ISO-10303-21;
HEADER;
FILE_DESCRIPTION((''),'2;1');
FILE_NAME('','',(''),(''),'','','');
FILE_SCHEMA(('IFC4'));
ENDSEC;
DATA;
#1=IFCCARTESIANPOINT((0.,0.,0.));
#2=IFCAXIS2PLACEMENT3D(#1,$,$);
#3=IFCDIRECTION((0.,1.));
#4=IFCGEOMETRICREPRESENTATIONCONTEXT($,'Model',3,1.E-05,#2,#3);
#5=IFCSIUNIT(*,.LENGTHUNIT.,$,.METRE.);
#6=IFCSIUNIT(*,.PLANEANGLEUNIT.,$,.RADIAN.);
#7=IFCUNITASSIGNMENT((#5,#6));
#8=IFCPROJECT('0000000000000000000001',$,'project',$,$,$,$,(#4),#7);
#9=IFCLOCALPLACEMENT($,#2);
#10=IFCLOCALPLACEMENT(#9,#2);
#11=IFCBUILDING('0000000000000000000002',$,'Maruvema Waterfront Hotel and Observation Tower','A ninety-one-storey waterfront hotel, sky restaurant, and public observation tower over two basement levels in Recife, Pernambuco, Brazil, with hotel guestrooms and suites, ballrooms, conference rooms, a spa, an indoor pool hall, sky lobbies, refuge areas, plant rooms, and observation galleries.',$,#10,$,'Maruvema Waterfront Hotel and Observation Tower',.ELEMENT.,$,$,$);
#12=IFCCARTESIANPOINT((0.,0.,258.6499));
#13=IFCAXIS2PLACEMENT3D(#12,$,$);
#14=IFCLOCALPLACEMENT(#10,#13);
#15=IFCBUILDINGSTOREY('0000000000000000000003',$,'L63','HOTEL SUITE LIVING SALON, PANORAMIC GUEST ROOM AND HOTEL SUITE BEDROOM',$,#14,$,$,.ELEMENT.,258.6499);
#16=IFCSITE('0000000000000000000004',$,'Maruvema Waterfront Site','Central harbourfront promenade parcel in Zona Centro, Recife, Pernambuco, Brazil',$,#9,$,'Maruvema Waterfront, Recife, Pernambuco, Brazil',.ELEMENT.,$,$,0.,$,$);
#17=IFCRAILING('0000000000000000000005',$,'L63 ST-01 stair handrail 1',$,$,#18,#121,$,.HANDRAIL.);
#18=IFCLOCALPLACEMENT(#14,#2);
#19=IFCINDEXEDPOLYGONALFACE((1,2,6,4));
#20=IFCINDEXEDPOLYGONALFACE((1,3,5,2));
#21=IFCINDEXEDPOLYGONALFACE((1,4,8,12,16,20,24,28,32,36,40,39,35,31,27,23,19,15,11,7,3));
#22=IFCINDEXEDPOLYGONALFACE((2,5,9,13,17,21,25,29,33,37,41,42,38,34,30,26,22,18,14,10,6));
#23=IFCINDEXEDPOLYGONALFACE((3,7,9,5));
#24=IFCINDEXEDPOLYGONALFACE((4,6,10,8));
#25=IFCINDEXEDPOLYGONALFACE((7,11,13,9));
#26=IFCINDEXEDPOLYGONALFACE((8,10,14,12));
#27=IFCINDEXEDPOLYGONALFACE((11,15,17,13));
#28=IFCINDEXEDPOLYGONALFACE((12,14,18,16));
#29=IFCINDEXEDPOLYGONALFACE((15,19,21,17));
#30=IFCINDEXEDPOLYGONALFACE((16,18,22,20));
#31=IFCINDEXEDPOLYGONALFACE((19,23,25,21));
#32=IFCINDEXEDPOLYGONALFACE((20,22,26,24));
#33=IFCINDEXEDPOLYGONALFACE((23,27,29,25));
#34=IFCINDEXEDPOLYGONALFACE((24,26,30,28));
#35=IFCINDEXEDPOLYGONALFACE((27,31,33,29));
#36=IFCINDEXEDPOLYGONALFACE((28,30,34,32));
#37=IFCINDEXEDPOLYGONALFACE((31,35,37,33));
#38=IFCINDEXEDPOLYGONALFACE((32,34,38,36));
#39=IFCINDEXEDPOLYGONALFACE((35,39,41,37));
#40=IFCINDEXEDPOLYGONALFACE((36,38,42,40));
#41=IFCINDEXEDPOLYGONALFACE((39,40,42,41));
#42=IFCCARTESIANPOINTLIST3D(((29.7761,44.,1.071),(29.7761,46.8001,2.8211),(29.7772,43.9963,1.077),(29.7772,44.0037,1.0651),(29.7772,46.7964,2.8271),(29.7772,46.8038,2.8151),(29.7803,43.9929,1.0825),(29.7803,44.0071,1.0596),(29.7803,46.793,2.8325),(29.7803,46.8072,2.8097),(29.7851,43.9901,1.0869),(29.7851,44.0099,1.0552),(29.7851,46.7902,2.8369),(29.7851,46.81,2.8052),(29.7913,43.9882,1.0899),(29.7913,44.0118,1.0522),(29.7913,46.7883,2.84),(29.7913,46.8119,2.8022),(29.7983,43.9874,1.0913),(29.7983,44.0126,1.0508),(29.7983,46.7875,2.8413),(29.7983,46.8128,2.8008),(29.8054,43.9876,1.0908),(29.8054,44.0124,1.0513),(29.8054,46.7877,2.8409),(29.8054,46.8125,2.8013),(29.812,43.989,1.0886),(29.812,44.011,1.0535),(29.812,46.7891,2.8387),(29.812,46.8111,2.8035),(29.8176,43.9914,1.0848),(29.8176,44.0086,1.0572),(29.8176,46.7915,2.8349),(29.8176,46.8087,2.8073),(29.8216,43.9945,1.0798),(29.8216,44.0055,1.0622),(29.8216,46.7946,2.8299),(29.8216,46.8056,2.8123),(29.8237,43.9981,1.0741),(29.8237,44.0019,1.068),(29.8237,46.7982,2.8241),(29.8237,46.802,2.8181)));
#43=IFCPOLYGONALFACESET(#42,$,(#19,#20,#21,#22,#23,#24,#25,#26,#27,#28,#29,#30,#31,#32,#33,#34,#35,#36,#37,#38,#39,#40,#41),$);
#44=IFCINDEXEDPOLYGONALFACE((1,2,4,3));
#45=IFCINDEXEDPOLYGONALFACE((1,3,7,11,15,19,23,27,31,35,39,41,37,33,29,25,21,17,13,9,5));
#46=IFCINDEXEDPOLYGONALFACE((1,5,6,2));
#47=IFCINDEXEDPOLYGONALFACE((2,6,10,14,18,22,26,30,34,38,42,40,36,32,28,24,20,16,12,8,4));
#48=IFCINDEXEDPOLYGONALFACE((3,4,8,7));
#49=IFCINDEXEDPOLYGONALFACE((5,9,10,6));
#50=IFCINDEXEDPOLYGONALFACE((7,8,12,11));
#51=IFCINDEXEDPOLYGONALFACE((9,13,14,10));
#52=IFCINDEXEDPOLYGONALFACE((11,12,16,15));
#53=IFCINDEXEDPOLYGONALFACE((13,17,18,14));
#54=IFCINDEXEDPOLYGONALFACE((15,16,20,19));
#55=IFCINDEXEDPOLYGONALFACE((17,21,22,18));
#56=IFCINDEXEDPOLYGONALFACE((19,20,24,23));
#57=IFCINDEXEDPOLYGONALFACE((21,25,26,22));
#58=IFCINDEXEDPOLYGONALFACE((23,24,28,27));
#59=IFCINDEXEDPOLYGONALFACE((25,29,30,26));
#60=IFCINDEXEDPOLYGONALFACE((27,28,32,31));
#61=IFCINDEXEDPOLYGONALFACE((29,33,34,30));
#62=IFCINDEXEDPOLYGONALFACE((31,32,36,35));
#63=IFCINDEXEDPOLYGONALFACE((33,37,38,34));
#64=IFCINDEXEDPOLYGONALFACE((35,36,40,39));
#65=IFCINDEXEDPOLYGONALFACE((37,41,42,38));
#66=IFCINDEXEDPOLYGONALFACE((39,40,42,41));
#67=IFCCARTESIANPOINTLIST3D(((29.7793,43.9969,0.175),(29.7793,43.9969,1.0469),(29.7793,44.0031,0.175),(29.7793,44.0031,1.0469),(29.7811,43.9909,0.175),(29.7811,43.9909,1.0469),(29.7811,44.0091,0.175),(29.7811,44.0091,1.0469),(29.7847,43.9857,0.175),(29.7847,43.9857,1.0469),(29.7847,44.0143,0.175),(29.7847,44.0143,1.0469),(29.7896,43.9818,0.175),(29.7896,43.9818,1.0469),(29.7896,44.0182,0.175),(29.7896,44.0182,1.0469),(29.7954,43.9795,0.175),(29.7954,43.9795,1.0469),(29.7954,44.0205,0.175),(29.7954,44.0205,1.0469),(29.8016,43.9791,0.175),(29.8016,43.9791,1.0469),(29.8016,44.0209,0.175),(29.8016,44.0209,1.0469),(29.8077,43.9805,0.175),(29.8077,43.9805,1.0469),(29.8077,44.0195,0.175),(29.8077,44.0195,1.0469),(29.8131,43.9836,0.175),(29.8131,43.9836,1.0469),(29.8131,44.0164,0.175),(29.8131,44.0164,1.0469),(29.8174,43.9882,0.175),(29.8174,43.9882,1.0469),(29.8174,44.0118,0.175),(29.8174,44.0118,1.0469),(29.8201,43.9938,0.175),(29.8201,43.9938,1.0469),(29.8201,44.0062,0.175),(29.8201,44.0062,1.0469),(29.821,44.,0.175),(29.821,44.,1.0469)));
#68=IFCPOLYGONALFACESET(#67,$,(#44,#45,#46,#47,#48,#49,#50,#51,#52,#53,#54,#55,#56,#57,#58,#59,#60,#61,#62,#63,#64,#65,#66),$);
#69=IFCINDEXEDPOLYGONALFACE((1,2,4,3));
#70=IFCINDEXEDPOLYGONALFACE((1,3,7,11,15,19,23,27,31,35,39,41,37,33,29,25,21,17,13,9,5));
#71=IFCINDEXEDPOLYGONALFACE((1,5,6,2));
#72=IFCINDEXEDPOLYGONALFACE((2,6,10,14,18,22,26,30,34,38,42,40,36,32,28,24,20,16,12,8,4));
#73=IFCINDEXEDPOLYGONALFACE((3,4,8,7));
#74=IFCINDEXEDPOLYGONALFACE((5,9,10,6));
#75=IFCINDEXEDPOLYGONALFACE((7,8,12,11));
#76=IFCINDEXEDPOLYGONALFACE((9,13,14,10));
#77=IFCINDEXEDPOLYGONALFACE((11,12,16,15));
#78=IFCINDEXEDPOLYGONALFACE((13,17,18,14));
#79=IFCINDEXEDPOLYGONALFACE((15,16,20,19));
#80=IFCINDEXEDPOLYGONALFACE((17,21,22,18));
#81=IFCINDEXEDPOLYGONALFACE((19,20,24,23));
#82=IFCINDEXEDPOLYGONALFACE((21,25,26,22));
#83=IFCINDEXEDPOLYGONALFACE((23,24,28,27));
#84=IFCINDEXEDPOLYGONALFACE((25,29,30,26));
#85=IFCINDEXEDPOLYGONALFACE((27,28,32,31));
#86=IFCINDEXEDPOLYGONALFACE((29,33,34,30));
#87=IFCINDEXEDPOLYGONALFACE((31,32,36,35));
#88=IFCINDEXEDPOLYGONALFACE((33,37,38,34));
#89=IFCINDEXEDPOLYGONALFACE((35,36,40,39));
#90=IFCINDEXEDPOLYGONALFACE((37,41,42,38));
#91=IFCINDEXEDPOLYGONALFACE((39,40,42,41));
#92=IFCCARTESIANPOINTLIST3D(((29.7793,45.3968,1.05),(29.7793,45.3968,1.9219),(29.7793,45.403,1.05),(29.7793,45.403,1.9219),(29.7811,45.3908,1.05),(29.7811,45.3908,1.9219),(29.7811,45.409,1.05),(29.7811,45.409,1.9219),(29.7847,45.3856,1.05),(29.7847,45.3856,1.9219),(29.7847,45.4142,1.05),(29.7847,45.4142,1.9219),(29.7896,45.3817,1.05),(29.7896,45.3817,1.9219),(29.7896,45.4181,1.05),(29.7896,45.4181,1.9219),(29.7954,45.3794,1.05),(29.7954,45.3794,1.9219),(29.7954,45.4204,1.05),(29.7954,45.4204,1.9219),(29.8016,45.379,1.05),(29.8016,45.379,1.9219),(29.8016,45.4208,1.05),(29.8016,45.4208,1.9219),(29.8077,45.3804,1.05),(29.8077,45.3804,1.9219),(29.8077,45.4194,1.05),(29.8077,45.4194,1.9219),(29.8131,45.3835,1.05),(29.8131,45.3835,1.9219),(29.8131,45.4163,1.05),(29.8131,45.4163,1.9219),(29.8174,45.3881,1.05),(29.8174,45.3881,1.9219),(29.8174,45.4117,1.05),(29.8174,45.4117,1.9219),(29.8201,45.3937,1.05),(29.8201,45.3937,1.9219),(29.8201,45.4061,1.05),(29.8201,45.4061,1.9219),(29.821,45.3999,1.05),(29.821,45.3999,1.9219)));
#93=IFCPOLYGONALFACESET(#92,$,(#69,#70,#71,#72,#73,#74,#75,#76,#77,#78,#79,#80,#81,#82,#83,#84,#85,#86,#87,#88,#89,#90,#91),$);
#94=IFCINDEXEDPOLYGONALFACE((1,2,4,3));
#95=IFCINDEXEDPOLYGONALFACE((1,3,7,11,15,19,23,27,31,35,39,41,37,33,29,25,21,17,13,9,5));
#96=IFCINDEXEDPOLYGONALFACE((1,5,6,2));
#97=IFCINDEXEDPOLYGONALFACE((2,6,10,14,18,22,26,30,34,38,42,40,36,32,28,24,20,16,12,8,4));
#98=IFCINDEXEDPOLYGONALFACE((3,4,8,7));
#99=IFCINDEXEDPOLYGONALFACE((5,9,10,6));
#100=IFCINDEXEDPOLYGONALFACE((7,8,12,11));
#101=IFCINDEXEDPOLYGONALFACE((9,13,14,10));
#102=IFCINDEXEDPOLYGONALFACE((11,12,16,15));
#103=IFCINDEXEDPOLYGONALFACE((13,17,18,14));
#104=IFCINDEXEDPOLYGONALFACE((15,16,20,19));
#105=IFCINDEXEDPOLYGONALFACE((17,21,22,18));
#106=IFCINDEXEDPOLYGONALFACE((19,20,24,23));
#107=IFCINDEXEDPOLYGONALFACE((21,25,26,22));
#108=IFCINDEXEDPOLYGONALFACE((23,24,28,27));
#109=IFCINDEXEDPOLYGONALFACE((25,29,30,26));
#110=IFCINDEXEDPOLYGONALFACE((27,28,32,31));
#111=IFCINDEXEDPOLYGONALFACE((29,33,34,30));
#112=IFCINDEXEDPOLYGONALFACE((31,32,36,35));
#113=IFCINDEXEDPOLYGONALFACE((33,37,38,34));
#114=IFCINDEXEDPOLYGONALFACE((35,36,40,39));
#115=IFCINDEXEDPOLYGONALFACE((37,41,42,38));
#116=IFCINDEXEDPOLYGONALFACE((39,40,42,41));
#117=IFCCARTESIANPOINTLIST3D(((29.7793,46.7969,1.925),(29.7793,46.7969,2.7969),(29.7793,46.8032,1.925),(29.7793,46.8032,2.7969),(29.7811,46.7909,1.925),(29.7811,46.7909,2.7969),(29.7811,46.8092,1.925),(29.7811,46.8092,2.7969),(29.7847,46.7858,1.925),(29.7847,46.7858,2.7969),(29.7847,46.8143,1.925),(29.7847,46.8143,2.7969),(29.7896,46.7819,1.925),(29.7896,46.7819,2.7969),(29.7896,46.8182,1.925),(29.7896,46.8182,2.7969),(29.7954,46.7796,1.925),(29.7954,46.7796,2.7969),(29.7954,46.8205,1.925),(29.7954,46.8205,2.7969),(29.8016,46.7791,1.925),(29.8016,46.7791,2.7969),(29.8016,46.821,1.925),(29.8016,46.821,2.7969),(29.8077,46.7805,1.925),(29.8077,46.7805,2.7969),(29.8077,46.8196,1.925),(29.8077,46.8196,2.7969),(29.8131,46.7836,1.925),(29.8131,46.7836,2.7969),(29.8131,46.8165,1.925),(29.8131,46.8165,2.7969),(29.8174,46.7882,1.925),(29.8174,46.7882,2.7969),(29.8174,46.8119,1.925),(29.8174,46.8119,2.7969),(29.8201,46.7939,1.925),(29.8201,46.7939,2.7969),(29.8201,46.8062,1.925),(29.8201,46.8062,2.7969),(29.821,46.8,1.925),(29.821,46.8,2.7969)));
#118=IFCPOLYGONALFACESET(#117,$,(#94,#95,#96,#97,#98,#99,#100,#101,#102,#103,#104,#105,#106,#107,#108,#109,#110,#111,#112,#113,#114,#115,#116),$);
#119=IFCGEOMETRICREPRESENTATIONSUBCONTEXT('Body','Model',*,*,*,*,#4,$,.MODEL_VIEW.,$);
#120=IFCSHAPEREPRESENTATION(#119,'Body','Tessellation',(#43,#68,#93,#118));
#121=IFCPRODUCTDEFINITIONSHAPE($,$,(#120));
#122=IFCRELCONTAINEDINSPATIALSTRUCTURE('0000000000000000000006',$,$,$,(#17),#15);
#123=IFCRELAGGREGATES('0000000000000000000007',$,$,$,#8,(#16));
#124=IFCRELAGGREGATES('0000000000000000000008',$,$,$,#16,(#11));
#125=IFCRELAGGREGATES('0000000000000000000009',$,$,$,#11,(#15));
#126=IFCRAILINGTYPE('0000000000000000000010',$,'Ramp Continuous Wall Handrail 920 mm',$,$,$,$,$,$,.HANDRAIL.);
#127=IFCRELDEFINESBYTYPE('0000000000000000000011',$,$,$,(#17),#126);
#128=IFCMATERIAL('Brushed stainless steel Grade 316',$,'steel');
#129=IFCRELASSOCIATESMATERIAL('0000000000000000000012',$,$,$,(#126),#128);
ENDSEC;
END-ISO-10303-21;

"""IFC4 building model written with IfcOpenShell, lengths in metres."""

from ifc_helpers import new_model, si_unit, direction, frame, origin, origin_2d, place, context, subcontext, project, spatial, circle, extrude, material, type_object, element, save


model = new_model("IFC4")

# Units and contexts
model_context = context("Model", 3, precision=1e-05, world=origin(), true_north=direction((0.0, 1.0)))
body_context = subcontext(model_context, "Body", "Model", "MODEL_VIEW")
ifc_project = project(units=[si_unit("LENGTHUNIT", "METRE"), si_unit("PLANEANGLEUNIT", "RADIAN")], contexts=[model_context])

# Site, building, storey
site_placement = place(None, origin())
site = spatial("IfcSite", under=ifc_project, at=site_placement, Name="Maruvema Waterfront Site", Description="Central harbourfront promenade parcel in Zona Centro, Recife, Pernambuco, Brazil", LongName="Maruvema Waterfront, Recife, Pernambuco, Brazil", CompositionType="ELEMENT", RefElevation=0.0)
building_placement = place(site_placement, origin())
building = spatial("IfcBuilding", under=site, at=building_placement, Name="Maruvema Waterfront Hotel and Observation Tower", Description="A ninety-one-storey waterfront hotel, sky restaurant, and public observation tower over two basement levels in Recife, Pernambuco, Brazil, with hotel guestrooms and suites, ballrooms, conference rooms, a spa, an indoor pool hall, sky lobbies, refuge areas, plant rooms, and observation galleries.", LongName="Maruvema Waterfront Hotel and Observation Tower", CompositionType="ELEMENT")
storey_placement = place(building_placement, frame((0.0, 0.0, 258.6499)))
storey = spatial("IfcBuildingStorey", under=building, at=storey_placement, Name="L63", Description="HOTEL SUITE LIVING SALON, PANORAMIC GUEST ROOM AND HOTEL SUITE BEDROOM", CompositionType="ELEMENT", Elevation=258.6499)

# Railing
ifc_material_1 = material(Name="Brushed stainless steel Grade 316", Category="steel")
railing_type_1 = type_object("IfcRailingType", Name="Ramp Continuous Wall Handrail 920 mm", PredefinedType="HANDRAIL", material=ifc_material_1)
railing_1_placement = place(storey_placement, frame((29.8, 44.0, 0.175)))
element("IfcRailing", 1, at=railing_1_placement, inside=storey, type_object=railing_type_1, Name="L63 ST-01 stair handrail 1", PredefinedType="HANDRAIL", context=body_context, shape_type="SweptSolid", body=[
    extrude(circle(Radius=0.0239, at=origin_2d()), frame((0.0, 0.0, 0.896), z_axis=(0.0, 0.848002, 0.529992), x_axis=(-1.0, 0.0, 0.0)), (0.0, 0.0, 1.0), 3.302),
    extrude(circle(Radius=0.021, at=origin_2d()), origin(), (0.0, 0.0, 1.0), 0.8718),
    extrude(circle(Radius=0.021, at=origin_2d()), frame((0.0, 1.3999, 0.875)), (0.0, 0.0, 1.0), 0.8718),
    extrude(circle(Radius=0.021, at=origin_2d()), frame((0.0, 2.8, 1.75)), (0.0, 0.0, 1.0), 0.8718),
])

save(model, "model.ifc")
